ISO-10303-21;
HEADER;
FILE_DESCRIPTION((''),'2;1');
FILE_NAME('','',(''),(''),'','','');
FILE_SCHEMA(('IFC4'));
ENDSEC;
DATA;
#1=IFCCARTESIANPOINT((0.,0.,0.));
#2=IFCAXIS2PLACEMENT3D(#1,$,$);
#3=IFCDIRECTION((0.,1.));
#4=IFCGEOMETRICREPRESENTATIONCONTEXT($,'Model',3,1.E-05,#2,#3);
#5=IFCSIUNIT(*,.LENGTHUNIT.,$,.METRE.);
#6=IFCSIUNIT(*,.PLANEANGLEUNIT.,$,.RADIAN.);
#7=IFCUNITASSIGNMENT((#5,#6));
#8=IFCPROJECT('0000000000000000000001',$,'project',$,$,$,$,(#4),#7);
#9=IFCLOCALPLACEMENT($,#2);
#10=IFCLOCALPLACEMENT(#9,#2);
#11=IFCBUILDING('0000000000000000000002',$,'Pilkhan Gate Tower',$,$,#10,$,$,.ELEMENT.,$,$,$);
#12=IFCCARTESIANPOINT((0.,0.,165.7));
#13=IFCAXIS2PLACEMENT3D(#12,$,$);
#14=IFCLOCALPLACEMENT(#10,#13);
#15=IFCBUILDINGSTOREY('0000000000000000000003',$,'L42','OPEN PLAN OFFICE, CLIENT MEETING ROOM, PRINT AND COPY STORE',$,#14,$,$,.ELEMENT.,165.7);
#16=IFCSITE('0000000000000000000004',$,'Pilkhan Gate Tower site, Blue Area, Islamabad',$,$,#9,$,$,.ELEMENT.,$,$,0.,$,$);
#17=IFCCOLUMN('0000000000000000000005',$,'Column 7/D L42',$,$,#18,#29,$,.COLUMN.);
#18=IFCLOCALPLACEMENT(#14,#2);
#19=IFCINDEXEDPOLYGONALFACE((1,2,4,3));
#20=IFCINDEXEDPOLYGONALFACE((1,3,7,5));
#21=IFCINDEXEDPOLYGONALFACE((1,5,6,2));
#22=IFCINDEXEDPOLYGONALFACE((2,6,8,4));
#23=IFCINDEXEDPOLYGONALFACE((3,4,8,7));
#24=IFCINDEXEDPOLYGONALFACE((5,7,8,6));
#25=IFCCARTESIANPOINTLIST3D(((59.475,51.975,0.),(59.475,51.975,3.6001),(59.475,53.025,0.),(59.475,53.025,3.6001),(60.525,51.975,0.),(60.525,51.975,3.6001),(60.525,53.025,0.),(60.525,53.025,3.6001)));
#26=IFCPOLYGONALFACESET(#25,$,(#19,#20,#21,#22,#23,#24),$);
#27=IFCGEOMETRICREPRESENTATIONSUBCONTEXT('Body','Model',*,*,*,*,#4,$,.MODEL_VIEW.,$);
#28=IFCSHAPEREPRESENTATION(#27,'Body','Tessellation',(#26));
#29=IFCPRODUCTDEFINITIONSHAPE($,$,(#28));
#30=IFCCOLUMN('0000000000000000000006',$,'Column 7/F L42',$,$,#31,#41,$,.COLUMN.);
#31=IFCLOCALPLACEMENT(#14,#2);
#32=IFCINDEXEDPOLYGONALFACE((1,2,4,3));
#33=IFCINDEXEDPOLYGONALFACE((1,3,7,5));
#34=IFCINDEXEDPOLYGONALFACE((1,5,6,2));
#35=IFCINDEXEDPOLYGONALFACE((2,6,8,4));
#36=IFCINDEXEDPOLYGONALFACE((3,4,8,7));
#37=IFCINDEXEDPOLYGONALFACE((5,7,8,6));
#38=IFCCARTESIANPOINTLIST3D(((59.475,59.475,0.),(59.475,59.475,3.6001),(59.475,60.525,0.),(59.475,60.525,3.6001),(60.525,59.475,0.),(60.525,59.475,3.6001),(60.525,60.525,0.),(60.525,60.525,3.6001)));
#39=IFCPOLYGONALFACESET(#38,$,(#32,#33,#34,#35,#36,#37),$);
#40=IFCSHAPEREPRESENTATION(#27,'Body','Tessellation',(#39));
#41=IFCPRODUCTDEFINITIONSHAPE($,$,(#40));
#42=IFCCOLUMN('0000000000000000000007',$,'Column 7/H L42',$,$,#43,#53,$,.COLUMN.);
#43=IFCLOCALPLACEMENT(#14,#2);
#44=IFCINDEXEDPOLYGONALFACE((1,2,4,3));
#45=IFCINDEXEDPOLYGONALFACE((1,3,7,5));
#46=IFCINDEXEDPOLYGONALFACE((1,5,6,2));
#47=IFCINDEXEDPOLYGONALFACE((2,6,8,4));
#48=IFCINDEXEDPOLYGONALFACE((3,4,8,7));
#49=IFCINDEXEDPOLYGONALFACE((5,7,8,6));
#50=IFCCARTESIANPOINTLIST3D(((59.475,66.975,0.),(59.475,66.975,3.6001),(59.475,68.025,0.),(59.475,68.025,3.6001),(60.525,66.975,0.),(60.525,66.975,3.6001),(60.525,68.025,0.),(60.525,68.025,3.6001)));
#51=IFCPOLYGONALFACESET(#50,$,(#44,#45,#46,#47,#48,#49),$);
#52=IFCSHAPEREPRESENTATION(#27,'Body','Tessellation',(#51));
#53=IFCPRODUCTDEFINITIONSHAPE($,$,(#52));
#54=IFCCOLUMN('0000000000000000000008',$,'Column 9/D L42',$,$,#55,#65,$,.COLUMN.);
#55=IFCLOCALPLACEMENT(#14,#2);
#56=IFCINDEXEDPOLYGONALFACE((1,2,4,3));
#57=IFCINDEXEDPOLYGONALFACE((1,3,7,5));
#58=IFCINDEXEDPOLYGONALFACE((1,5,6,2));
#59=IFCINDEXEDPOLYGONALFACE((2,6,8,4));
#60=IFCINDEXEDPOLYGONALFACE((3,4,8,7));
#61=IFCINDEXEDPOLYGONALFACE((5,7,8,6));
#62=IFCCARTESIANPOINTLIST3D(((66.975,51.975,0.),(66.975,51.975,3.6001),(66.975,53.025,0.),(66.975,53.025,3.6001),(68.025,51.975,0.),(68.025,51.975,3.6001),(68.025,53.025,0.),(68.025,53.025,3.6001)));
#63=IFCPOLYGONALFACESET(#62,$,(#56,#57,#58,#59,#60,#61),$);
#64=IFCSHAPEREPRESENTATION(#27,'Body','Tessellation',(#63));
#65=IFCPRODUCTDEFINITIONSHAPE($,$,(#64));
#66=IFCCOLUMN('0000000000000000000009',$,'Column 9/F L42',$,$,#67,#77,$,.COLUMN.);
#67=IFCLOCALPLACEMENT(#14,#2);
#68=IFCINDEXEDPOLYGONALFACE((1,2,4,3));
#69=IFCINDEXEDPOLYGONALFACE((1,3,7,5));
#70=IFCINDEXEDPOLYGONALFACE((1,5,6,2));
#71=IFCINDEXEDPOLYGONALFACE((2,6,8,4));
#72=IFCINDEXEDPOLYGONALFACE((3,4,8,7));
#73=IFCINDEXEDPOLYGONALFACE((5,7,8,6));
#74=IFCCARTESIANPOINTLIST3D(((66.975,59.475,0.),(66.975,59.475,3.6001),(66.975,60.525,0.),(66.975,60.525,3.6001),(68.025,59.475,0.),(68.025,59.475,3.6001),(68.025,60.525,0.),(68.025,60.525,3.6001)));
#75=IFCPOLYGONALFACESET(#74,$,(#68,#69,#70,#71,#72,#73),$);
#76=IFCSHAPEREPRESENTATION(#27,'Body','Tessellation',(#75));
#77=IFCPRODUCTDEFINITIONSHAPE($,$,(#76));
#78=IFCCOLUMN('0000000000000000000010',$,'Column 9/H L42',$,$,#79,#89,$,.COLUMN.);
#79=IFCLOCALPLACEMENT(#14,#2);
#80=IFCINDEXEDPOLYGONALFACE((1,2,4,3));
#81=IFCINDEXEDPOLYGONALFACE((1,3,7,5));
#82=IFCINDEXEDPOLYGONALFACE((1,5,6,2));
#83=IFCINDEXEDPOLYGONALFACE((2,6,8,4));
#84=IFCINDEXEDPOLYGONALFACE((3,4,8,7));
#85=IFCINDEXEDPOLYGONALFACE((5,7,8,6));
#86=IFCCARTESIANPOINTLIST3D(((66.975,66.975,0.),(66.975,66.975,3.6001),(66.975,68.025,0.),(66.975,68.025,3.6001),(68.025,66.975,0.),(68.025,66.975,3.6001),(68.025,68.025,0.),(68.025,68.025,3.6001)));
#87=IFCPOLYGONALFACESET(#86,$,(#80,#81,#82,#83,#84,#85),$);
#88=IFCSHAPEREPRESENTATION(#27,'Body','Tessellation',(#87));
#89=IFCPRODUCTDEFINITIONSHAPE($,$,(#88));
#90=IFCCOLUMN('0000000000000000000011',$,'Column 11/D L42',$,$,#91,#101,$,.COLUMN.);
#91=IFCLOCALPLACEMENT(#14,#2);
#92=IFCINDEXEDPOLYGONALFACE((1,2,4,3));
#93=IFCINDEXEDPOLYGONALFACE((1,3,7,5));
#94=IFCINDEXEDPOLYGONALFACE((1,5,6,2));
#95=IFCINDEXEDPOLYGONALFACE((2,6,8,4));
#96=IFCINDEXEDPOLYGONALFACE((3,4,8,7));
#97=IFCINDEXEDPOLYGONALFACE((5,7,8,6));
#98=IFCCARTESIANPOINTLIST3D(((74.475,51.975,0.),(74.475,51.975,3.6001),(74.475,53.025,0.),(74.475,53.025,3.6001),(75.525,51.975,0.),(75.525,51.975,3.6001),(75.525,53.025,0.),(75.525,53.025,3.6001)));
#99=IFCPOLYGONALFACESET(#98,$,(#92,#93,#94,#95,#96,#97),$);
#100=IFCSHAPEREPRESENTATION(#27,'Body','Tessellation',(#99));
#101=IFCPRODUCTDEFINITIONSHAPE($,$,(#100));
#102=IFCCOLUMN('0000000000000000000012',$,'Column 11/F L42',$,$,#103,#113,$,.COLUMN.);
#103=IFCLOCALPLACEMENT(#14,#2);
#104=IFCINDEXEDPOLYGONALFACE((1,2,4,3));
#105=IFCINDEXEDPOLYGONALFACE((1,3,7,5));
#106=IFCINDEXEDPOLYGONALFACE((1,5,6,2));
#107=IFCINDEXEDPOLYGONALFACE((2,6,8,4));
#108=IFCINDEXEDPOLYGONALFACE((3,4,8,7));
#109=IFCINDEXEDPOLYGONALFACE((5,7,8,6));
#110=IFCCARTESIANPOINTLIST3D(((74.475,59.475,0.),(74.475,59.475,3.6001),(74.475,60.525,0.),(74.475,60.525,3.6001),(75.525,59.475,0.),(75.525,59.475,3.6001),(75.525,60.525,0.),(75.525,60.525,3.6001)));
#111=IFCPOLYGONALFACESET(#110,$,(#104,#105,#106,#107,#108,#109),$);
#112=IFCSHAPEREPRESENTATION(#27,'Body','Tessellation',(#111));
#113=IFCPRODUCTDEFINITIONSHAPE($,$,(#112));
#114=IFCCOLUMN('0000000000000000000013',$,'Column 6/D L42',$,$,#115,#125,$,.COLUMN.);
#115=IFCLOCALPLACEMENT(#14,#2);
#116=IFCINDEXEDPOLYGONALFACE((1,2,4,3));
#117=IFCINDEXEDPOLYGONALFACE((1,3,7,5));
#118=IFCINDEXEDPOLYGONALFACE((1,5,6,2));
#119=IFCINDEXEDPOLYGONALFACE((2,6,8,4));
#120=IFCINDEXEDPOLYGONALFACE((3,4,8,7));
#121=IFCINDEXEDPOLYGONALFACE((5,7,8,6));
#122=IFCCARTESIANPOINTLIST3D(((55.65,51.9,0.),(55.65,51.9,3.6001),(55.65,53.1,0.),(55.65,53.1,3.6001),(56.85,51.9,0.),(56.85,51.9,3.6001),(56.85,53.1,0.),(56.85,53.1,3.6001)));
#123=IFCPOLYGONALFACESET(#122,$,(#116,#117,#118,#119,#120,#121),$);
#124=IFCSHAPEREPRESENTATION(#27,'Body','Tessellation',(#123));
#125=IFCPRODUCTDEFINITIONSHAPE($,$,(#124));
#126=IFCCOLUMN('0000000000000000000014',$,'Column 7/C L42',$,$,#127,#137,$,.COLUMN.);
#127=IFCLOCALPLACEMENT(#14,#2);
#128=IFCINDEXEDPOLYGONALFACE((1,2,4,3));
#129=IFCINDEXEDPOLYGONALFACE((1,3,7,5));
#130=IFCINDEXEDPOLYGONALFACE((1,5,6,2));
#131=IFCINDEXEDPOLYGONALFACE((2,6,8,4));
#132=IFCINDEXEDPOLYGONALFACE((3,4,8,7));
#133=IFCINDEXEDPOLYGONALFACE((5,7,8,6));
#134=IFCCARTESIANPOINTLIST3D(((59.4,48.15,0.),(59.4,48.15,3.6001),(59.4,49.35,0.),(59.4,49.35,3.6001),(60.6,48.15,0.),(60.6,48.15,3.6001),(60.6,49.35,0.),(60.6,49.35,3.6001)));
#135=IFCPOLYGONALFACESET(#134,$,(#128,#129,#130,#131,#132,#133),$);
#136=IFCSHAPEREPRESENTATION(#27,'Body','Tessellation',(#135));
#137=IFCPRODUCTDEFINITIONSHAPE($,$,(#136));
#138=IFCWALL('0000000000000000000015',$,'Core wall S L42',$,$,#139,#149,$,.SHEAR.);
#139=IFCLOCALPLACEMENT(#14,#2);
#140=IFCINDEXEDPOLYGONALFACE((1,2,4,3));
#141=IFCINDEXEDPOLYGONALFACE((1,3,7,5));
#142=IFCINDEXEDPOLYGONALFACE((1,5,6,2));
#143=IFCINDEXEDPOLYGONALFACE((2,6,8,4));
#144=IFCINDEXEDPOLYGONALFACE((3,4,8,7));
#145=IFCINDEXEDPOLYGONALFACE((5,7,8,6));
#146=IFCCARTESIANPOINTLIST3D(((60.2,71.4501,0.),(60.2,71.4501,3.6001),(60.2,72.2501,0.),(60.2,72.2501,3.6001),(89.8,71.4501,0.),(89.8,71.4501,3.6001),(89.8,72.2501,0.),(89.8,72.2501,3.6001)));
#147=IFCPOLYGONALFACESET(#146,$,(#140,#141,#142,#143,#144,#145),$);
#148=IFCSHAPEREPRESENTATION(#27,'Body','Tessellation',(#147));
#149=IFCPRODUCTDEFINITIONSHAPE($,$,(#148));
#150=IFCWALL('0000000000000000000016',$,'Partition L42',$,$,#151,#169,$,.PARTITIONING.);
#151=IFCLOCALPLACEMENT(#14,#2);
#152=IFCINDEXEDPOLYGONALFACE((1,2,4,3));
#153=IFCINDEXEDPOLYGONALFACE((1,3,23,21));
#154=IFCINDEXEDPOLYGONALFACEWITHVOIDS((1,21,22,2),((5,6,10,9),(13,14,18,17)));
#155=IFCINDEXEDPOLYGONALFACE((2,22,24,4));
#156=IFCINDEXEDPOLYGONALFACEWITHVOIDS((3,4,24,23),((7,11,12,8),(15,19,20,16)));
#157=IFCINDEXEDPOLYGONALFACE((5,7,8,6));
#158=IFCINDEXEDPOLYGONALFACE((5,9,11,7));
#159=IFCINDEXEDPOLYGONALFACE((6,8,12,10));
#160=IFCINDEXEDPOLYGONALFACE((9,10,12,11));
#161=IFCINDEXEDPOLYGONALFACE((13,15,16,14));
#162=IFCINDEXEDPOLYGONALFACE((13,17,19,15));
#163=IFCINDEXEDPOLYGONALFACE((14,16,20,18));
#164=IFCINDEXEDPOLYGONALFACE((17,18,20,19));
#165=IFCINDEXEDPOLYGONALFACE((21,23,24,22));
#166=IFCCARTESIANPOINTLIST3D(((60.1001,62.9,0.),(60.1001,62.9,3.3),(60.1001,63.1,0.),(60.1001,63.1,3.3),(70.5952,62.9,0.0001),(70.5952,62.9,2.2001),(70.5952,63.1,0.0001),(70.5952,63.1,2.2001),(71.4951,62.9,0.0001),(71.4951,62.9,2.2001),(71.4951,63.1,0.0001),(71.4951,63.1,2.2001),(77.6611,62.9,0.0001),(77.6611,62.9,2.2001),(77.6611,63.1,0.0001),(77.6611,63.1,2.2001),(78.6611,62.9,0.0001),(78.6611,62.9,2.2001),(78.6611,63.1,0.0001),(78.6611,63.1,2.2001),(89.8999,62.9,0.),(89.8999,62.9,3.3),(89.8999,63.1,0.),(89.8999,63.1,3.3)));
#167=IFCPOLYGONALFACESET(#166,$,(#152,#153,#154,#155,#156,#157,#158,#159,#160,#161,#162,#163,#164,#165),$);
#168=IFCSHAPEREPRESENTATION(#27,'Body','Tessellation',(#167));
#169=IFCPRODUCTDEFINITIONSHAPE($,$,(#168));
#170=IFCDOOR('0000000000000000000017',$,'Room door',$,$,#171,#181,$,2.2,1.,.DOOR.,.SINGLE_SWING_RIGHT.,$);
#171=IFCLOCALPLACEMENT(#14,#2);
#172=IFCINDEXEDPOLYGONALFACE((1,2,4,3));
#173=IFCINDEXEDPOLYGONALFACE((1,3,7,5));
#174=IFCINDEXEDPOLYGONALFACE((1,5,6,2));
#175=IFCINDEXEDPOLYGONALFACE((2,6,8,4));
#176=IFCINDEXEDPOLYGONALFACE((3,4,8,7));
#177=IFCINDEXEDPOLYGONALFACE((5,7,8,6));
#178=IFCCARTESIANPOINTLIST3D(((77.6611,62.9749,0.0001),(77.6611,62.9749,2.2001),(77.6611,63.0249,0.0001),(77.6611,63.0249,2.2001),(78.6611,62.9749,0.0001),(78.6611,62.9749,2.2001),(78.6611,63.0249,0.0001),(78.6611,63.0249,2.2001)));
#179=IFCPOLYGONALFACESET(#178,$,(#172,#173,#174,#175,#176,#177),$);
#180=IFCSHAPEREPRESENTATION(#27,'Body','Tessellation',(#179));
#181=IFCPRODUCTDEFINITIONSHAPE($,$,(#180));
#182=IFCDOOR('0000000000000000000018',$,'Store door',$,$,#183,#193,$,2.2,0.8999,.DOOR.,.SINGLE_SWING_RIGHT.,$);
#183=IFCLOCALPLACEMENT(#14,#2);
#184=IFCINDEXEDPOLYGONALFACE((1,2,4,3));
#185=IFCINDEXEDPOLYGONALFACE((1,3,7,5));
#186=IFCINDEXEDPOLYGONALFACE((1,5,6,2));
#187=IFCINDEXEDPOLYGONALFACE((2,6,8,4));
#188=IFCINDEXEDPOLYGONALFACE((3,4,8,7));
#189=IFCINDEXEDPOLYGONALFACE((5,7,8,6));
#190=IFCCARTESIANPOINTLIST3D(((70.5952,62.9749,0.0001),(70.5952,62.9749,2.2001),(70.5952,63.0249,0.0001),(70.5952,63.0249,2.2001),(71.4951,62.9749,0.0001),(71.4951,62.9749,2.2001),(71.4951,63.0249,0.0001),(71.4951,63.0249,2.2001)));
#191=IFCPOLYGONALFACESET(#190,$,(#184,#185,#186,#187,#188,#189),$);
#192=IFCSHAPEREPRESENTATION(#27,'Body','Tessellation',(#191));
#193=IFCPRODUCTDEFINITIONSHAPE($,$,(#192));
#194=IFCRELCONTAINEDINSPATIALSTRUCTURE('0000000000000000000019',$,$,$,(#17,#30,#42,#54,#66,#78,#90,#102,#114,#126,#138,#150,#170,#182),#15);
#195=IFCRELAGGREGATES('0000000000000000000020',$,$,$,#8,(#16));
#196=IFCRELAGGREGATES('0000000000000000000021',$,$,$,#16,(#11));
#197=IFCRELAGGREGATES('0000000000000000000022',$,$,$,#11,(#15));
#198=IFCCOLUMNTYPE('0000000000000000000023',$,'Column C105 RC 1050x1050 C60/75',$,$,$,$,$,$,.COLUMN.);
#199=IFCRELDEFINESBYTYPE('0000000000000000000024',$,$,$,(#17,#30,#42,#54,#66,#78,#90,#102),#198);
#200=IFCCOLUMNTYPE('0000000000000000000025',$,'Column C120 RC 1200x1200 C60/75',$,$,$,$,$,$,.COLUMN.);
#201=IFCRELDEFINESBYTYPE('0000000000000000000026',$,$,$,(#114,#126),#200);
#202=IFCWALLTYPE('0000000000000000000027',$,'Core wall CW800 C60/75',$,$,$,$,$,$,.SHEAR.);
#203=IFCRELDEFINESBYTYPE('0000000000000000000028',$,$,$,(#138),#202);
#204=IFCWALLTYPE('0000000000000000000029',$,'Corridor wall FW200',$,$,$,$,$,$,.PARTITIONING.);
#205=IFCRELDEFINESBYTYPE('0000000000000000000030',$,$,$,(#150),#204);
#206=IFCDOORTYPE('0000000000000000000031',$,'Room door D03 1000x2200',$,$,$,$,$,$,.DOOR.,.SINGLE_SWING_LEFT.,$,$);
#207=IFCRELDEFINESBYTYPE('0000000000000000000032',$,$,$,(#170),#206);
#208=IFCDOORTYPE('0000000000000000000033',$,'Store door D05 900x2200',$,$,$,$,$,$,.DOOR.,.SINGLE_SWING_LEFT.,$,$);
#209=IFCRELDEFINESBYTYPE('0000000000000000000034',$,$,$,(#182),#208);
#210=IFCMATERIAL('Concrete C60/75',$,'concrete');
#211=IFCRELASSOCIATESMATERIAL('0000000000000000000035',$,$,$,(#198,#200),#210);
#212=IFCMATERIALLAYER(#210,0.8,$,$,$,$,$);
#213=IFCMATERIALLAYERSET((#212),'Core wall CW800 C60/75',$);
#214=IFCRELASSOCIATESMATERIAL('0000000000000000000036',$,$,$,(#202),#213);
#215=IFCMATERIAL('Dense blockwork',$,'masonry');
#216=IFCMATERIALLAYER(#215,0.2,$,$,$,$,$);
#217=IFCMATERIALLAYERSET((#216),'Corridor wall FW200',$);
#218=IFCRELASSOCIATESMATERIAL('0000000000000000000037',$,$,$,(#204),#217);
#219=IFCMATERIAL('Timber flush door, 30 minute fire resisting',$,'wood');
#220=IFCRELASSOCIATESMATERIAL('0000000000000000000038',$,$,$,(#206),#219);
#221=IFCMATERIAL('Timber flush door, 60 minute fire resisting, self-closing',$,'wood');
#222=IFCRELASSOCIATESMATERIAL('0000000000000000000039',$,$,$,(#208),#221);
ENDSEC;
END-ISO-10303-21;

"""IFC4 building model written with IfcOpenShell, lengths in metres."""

from ifc_helpers import new_model, si_unit, direction, frame, frame_2d, origin, origin_2d, place, context, subcontext, project, spatial, rectangle, extrude, material, layer, layer_set, material_profile, profile_set, type_object, element, fill, save


model = new_model("IFC4")

# Units and contexts
model_context = context("Model", 3, precision=1e-05, world=origin(), true_north=direction((0.0, 1.0)))
body_context = subcontext(model_context, "Body", "Model", "MODEL_VIEW")
ifc_project = project(units=[si_unit("LENGTHUNIT", "METRE"), si_unit("PLANEANGLEUNIT", "RADIAN")], contexts=[model_context])

# Site, building, storey
site_placement = place(None, origin())
site = spatial("IfcSite", under=ifc_project, at=site_placement, Name="Pilkhan Gate Tower site, Blue Area, Islamabad", CompositionType="ELEMENT", RefElevation=0.0)
building_placement = place(site_placement, origin())
building = spatial("IfcBuilding", under=site, at=building_placement, Name="Pilkhan Gate Tower", CompositionType="ELEMENT")
storey_placement = place(building_placement, frame((0.0, 0.0, 165.7)))
storey = spatial("IfcBuildingStorey", under=building, at=storey_placement, Name="L42", Description="OPEN PLAN OFFICE, CLIENT MEETING ROOM, PRINT AND COPY STORE", CompositionType="ELEMENT", Elevation=165.7)

# Columns
ifc_material_1 = material(Name="Concrete C60/75", Category="concrete")
ifc_material_profile_1 = material_profile(ifc_material_1, rectangle(XDim=1.05, YDim=1.05, at=origin_2d()), Name="RC 1050x1050")
ifc_profile_set_1 = profile_set([ifc_material_profile_1], Name="Concrete C60/75")
column_type_1 = type_object("IfcColumnType", Name="Column C105 RC 1050x1050 C60/75", PredefinedType="COLUMN", material=ifc_profile_set_1)
for number, where, z_axis, x_axis, name in (
    (1, (60.0, 52.5, 0.0), (0.0, 0.0, 1.0), (1.0, 0.0, 0.0), "Column 7/D L42"),
    (2, (60.0, 60.0, 0.0), (0.0, 0.0, 1.0), (1.0, 0.0, 0.0), "Column 7/F L42"),
    (3, (60.0, 67.5, 0.0), (0.0, 0.0, 1.0), (1.0, 0.0, 0.0), "Column 7/H L42"),
    (4, (67.5, 52.5, 0.0), (0.0, 0.0, 1.0), (1.0, 0.0, 0.0), "Column 9/D L42"),
    (5, (67.5, 60.0, 0.0), (0.0, 0.0, 1.0), (1.0, 0.0, 0.0), "Column 9/F L42"),
    (6, (67.5, 67.5, 0.0), (0.0, 0.0, 1.0), (1.0, 0.0, 0.0), "Column 9/H L42"),
    (7, (75.0, 52.5, 0.0), (0.0, 0.0, 1.0), (1.0, 0.0, 0.0), "Column 11/D L42"),
    (8, (75.0, 60.0, 0.0), (0.0, 0.0, 1.0), (1.0, 0.0, 0.0), "Column 11/F L42"),
):
    element("IfcColumn", number, at=place(storey_placement, frame(where, z_axis=z_axis, x_axis=x_axis)), inside=storey, type_object=column_type_1, Name=name, PredefinedType="COLUMN", context=body_context, shape_type="SweptSolid", body=[
        extrude(rectangle(XDim=1.05, YDim=1.05, at=origin_2d()), origin(), (0.0, 0.0, 1.0), 3.6001),
    ])
ifc_material_profile_2 = material_profile(ifc_material_1, rectangle(XDim=1.2, YDim=1.2, at=origin_2d()), Name="RC 1200x1200")
ifc_profile_set_2 = profile_set([ifc_material_profile_2], Name="Concrete C60/75")
column_type_2 = type_object("IfcColumnType", Name="Column C120 RC 1200x1200 C60/75", PredefinedType="COLUMN", material=ifc_profile_set_2)
for number, where, z_axis, x_axis, name in (
    (9, (56.25, 52.5, 0.0), (0.0, 0.0, 1.0), (1.0, 0.0, 0.0), "Column 6/D L42"),
    (10, (60.0, 48.75, 0.0), (0.0, 0.0, 1.0), (1.0, 0.0, 0.0), "Column 7/C L42"),
):
    element("IfcColumn", number, at=place(storey_placement, frame(where, z_axis=z_axis, x_axis=x_axis)), inside=storey, type_object=column_type_2, Name=name, PredefinedType="COLUMN", context=body_context, shape_type="SweptSolid", body=[
        extrude(rectangle(XDim=1.2, YDim=1.2, at=origin_2d()), origin(), (0.0, 0.0, 1.0), 3.6001),
    ])

# Wall
ifc_layer_1 = layer(ifc_material_1, 0.8)
ifc_layer_set_1 = layer_set([ifc_layer_1], Name="Core wall CW800 C60/75")
wall_type_1 = type_object("IfcWallType", Name="Core wall CW800 C60/75", PredefinedType="SHEAR", material=ifc_layer_set_1)
wall_1_placement = place(storey_placement, frame((60.2, 71.8501, 0.0), z_axis=(0.0, 0.0, 1.0), x_axis=(1.0, 0.0, 0.0)))
element("IfcWall", 11, at=wall_1_placement, inside=storey, type_object=wall_type_1, Name="Core wall S L42", PredefinedType="SHEAR", context=body_context, shape_type="SweptSolid", body=[
    extrude(rectangle(XDim=29.6001, YDim=0.8, at=frame_2d((14.8, 0.0))), origin(), (0.0, 0.0, 1.0), 3.6001),
])

# Wall, openings, doors
ifc_material_2 = material(Name="Dense blockwork", Category="masonry")
ifc_layer_2 = layer(ifc_material_2, 0.2)
ifc_layer_set_2 = layer_set([ifc_layer_2], Name="Corridor wall FW200")
wall_type_2 = type_object("IfcWallType", Name="Corridor wall FW200", PredefinedType="PARTITIONING", material=ifc_layer_set_2)
wall_2_placement = place(storey_placement, frame((60.1001, 63.0, 0.0), z_axis=(0.0, 0.0, 1.0), x_axis=(1.0, 0.0, 0.0)))
wall_2 = element("IfcWall", 12, at=wall_2_placement, inside=storey, type_object=wall_type_2, Name="Partition L42", PredefinedType="PARTITIONING", context=body_context, shape_type="SweptSolid", body=[
    extrude(rectangle(XDim=29.7998, YDim=0.2, at=frame_2d((14.8999, 0.0))), origin(), (0.0, 0.0, 1.0), 3.3),
])
opening_1_placement = place(wall_2_placement, frame((10.4951, 0.0, 0.0)))
opening_1 = element("IfcOpeningElement", 13, at=opening_1_placement, cuts=wall_2, PredefinedType="OPENING", context=body_context, shape_type="SweptSolid", body=[
    extrude(rectangle(XDim=0.8999, YDim=2.2, at=frame_2d((0.45, 1.1001))), frame((0.0, 0.1099, 0.0), z_axis=(0.0, -1.0, 0.0), x_axis=(1.0, 0.0, 0.0)), (0.0, 0.0, 1.0), 0.22),
])
opening_2_placement = place(wall_2_placement, frame((17.561, 0.0, 0.0)))
opening_2 = element("IfcOpeningElement", 14, at=opening_2_placement, cuts=wall_2, PredefinedType="OPENING", context=body_context, shape_type="SweptSolid", body=[
    extrude(rectangle(XDim=1.0, YDim=2.2, at=frame_2d((0.5, 1.1001))), frame((0.0, 0.1099, 0.0), z_axis=(0.0, -1.0, 0.0), x_axis=(1.0, 0.0, 0.0)), (0.0, 0.0, 1.0), 0.22),
])
ifc_material_3 = material(Name="Timber flush door, 30 minute fire resisting", Category="wood")
door_type_1 = type_object("IfcDoorType", Name="Room door D03 1000x2200", OperationType="SINGLE_SWING_LEFT", PredefinedType="DOOR", material=ifc_material_3)
door_1_placement = place(opening_2_placement, origin())
door_1 = element("IfcDoor", 15, at=door_1_placement, inside=storey, type_object=door_type_1, Name="Room door", OperationType="SINGLE_SWING_RIGHT", OverallHeight=2.2, OverallWidth=1.0, PredefinedType="DOOR", context=body_context, shape_type="SweptSolid", body=[
    extrude(rectangle(XDim=1.0, YDim=2.2, at=frame_2d((0.5, 1.1001))), frame((0.0, 0.0249, 0.0), z_axis=(0.0, -1.0, 0.0), x_axis=(1.0, 0.0, 0.0)), (0.0, 0.0, 1.0), 0.05),
])
fill(opening_2, door_1)
ifc_material_4 = material(Name="Timber flush door, 60 minute fire resisting, self-closing", Category="wood")
door_type_2 = type_object("IfcDoorType", Name="Store door D05 900x2200", OperationType="SINGLE_SWING_LEFT", PredefinedType="DOOR", material=ifc_material_4)
door_2_placement = place(opening_1_placement, origin())
door_2 = element("IfcDoor", 16, at=door_2_placement, inside=storey, type_object=door_type_2, Name="Store door", OperationType="SINGLE_SWING_RIGHT", OverallHeight=2.2, OverallWidth=0.8999, PredefinedType="DOOR", context=body_context, shape_type="SweptSolid", body=[
    extrude(rectangle(XDim=0.8999, YDim=2.2, at=frame_2d((0.45, 1.1001))), frame((0.0, 0.0249, 0.0), z_axis=(0.0, -1.0, 0.0), x_axis=(1.0, 0.0, 0.0)), (0.0, 0.0, 1.0), 0.05),
])
fill(opening_1, door_2)

save(model, "model.ifc")
